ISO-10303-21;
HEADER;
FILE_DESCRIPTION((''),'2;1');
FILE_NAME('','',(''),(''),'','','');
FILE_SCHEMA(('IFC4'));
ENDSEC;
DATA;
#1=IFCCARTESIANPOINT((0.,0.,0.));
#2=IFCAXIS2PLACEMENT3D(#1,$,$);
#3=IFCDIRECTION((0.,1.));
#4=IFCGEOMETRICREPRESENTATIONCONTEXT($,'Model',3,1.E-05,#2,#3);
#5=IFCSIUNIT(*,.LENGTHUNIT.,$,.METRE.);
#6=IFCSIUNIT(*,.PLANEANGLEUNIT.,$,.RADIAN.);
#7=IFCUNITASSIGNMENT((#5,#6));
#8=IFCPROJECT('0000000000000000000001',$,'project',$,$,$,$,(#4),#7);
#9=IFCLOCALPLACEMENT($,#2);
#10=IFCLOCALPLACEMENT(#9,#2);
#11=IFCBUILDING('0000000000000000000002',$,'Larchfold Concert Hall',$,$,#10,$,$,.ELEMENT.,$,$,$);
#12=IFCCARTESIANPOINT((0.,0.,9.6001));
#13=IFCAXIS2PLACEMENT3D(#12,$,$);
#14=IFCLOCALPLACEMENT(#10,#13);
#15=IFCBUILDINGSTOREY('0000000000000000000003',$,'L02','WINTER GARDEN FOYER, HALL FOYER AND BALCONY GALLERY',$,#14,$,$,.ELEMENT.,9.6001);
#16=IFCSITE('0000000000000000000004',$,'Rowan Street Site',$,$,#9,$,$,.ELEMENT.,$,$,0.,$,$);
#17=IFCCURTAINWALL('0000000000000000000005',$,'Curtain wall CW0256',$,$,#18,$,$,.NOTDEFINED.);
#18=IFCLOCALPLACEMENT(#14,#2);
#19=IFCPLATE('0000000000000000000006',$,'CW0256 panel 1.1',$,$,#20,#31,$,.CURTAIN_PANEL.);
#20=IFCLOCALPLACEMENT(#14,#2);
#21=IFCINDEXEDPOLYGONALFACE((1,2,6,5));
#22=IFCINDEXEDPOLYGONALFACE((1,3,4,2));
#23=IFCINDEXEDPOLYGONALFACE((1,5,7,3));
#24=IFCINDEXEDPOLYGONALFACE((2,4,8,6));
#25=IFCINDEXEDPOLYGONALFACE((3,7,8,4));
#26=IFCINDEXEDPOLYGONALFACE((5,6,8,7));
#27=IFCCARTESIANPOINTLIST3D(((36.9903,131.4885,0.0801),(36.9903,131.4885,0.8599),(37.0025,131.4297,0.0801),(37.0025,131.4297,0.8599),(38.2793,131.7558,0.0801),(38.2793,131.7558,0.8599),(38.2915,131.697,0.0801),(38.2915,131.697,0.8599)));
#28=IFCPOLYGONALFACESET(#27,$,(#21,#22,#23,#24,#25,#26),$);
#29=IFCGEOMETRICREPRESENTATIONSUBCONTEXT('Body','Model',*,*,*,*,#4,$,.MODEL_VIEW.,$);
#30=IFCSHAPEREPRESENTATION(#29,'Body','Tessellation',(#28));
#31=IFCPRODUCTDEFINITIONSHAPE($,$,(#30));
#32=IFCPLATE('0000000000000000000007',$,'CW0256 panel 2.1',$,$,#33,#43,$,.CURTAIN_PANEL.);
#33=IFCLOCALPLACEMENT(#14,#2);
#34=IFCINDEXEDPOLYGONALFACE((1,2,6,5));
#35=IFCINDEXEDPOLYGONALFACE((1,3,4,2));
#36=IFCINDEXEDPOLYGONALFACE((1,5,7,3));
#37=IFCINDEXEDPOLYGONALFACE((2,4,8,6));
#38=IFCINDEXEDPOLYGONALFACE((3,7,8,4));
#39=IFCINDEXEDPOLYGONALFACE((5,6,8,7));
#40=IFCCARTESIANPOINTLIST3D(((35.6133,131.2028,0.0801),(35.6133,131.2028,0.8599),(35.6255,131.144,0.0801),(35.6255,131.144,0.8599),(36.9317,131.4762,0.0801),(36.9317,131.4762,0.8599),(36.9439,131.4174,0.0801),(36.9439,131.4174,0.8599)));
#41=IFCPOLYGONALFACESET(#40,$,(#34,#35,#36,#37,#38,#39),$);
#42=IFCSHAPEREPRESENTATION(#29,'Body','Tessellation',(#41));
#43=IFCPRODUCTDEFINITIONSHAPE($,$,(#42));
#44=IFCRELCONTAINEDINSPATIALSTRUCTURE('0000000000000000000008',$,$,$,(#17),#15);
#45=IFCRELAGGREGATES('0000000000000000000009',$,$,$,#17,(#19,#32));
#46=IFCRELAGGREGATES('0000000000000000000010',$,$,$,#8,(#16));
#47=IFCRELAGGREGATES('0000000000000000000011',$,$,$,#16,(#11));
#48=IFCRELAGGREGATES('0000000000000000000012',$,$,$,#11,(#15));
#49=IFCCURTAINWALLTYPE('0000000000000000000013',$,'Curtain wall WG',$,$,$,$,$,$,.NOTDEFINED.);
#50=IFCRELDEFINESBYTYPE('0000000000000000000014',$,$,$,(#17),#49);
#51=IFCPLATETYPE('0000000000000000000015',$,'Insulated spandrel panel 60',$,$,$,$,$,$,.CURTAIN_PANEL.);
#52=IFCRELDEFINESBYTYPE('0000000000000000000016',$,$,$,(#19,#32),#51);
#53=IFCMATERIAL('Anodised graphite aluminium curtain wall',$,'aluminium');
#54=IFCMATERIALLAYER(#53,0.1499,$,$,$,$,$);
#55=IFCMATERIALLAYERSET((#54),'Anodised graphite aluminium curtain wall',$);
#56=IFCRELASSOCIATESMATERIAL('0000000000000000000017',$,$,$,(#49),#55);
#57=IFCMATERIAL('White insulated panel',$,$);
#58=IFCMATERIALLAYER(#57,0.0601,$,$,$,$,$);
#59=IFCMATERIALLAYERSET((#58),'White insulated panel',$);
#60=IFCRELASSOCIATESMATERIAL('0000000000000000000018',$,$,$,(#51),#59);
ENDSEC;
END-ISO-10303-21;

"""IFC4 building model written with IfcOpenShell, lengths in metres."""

from ifc_helpers import new_model, si_unit, direction, frame, origin, origin_2d, place, context, subcontext, project, spatial, rectangle, extrude, material, layer, layer_set, type_object, element, aggregate, save


model = new_model("IFC4")

# Units and contexts
model_context = context("Model", 3, precision=1e-05, world=origin(), true_north=direction((0.0, 1.0)))
body_context = subcontext(model_context, "Body", "Model", "MODEL_VIEW")
ifc_project = project(units=[si_unit("LENGTHUNIT", "METRE"), si_unit("PLANEANGLEUNIT", "RADIAN")], contexts=[model_context])

# Site, building, storey
site_placement = place(None, origin())
site = spatial("IfcSite", under=ifc_project, at=site_placement, Name="Rowan Street Site", CompositionType="ELEMENT", RefElevation=0.0)
building_placement = place(site_placement, origin())
building = spatial("IfcBuilding", under=site, at=building_placement, Name="Larchfold Concert Hall", CompositionType="ELEMENT")
storey_placement = place(building_placement, frame((0.0, 0.0, 9.6001)))
storey = spatial("IfcBuildingStorey", under=building, at=storey_placement, Name="L02", Description="WINTER GARDEN FOYER, HALL FOYER AND BALCONY GALLERY", CompositionType="ELEMENT", Elevation=9.6001)

# Curtain wall
ifc_material_1 = material(Name="Anodised graphite aluminium curtain wall", Category="aluminium")
ifc_layer_1 = layer(ifc_material_1, 0.1499)
ifc_layer_set_1 = layer_set([ifc_layer_1], Name="Anodised graphite aluminium curtain wall")
curtain_wall_type = type_object("IfcCurtainWallType", Name="Curtain wall WG", PredefinedType="NOTDEFINED", material=ifc_layer_set_1)
curtain_wall_1_placement = place(storey_placement, origin())
curtain_wall_1 = element("IfcCurtainWall", 1, at=curtain_wall_1_placement, inside=storey, type_object=curtain_wall_type, Name="Curtain wall CW0256", PredefinedType="NOTDEFINED")

# Plates
ifc_material_2 = material(Name="White insulated panel")
ifc_layer_2 = layer(ifc_material_2, 0.0601)
ifc_layer_set_2 = layer_set([ifc_layer_2], Name="White insulated panel")
plate_type_1 = type_object("IfcPlateType", Name="Insulated spandrel panel 60", PredefinedType="CURTAIN_PANEL", material=ifc_layer_set_2)
plate_1_placement = place(storey_placement, frame((37.6409, 131.5928, 0.0801), z_axis=(0.0, 0.0, 1.0), x_axis=(-0.979167, -0.203055, 0.0)))
plate_1 = element("IfcPlate", 2, at=plate_1_placement, type_object=plate_type_1, Name="CW0256 panel 1.1", PredefinedType="CURTAIN_PANEL", context=body_context, shape_type="SweptSolid", body=[
    extrude(rectangle(XDim=1.3164, YDim=0.0601, at=origin_2d()), origin(), (0.0, 0.0, 1.0), 0.7798),
])
plate_2_placement = place(storey_placement, frame((36.2786, 131.3101, 0.0801), z_axis=(0.0, 0.0, 1.0), x_axis=(-0.979167, -0.203055, 0.0)))
plate_2 = element("IfcPlate", 3, at=plate_2_placement, type_object=plate_type_1, Name="CW0256 panel 2.1", PredefinedType="CURTAIN_PANEL", context=body_context, shape_type="SweptSolid", body=[
    extrude(rectangle(XDim=1.3464, YDim=0.0601, at=origin_2d()), origin(), (0.0, 0.0, 1.0), 0.7798),
])
aggregate(curtain_wall_1, [plate_1, plate_2])

save(model, "model.ifc")
